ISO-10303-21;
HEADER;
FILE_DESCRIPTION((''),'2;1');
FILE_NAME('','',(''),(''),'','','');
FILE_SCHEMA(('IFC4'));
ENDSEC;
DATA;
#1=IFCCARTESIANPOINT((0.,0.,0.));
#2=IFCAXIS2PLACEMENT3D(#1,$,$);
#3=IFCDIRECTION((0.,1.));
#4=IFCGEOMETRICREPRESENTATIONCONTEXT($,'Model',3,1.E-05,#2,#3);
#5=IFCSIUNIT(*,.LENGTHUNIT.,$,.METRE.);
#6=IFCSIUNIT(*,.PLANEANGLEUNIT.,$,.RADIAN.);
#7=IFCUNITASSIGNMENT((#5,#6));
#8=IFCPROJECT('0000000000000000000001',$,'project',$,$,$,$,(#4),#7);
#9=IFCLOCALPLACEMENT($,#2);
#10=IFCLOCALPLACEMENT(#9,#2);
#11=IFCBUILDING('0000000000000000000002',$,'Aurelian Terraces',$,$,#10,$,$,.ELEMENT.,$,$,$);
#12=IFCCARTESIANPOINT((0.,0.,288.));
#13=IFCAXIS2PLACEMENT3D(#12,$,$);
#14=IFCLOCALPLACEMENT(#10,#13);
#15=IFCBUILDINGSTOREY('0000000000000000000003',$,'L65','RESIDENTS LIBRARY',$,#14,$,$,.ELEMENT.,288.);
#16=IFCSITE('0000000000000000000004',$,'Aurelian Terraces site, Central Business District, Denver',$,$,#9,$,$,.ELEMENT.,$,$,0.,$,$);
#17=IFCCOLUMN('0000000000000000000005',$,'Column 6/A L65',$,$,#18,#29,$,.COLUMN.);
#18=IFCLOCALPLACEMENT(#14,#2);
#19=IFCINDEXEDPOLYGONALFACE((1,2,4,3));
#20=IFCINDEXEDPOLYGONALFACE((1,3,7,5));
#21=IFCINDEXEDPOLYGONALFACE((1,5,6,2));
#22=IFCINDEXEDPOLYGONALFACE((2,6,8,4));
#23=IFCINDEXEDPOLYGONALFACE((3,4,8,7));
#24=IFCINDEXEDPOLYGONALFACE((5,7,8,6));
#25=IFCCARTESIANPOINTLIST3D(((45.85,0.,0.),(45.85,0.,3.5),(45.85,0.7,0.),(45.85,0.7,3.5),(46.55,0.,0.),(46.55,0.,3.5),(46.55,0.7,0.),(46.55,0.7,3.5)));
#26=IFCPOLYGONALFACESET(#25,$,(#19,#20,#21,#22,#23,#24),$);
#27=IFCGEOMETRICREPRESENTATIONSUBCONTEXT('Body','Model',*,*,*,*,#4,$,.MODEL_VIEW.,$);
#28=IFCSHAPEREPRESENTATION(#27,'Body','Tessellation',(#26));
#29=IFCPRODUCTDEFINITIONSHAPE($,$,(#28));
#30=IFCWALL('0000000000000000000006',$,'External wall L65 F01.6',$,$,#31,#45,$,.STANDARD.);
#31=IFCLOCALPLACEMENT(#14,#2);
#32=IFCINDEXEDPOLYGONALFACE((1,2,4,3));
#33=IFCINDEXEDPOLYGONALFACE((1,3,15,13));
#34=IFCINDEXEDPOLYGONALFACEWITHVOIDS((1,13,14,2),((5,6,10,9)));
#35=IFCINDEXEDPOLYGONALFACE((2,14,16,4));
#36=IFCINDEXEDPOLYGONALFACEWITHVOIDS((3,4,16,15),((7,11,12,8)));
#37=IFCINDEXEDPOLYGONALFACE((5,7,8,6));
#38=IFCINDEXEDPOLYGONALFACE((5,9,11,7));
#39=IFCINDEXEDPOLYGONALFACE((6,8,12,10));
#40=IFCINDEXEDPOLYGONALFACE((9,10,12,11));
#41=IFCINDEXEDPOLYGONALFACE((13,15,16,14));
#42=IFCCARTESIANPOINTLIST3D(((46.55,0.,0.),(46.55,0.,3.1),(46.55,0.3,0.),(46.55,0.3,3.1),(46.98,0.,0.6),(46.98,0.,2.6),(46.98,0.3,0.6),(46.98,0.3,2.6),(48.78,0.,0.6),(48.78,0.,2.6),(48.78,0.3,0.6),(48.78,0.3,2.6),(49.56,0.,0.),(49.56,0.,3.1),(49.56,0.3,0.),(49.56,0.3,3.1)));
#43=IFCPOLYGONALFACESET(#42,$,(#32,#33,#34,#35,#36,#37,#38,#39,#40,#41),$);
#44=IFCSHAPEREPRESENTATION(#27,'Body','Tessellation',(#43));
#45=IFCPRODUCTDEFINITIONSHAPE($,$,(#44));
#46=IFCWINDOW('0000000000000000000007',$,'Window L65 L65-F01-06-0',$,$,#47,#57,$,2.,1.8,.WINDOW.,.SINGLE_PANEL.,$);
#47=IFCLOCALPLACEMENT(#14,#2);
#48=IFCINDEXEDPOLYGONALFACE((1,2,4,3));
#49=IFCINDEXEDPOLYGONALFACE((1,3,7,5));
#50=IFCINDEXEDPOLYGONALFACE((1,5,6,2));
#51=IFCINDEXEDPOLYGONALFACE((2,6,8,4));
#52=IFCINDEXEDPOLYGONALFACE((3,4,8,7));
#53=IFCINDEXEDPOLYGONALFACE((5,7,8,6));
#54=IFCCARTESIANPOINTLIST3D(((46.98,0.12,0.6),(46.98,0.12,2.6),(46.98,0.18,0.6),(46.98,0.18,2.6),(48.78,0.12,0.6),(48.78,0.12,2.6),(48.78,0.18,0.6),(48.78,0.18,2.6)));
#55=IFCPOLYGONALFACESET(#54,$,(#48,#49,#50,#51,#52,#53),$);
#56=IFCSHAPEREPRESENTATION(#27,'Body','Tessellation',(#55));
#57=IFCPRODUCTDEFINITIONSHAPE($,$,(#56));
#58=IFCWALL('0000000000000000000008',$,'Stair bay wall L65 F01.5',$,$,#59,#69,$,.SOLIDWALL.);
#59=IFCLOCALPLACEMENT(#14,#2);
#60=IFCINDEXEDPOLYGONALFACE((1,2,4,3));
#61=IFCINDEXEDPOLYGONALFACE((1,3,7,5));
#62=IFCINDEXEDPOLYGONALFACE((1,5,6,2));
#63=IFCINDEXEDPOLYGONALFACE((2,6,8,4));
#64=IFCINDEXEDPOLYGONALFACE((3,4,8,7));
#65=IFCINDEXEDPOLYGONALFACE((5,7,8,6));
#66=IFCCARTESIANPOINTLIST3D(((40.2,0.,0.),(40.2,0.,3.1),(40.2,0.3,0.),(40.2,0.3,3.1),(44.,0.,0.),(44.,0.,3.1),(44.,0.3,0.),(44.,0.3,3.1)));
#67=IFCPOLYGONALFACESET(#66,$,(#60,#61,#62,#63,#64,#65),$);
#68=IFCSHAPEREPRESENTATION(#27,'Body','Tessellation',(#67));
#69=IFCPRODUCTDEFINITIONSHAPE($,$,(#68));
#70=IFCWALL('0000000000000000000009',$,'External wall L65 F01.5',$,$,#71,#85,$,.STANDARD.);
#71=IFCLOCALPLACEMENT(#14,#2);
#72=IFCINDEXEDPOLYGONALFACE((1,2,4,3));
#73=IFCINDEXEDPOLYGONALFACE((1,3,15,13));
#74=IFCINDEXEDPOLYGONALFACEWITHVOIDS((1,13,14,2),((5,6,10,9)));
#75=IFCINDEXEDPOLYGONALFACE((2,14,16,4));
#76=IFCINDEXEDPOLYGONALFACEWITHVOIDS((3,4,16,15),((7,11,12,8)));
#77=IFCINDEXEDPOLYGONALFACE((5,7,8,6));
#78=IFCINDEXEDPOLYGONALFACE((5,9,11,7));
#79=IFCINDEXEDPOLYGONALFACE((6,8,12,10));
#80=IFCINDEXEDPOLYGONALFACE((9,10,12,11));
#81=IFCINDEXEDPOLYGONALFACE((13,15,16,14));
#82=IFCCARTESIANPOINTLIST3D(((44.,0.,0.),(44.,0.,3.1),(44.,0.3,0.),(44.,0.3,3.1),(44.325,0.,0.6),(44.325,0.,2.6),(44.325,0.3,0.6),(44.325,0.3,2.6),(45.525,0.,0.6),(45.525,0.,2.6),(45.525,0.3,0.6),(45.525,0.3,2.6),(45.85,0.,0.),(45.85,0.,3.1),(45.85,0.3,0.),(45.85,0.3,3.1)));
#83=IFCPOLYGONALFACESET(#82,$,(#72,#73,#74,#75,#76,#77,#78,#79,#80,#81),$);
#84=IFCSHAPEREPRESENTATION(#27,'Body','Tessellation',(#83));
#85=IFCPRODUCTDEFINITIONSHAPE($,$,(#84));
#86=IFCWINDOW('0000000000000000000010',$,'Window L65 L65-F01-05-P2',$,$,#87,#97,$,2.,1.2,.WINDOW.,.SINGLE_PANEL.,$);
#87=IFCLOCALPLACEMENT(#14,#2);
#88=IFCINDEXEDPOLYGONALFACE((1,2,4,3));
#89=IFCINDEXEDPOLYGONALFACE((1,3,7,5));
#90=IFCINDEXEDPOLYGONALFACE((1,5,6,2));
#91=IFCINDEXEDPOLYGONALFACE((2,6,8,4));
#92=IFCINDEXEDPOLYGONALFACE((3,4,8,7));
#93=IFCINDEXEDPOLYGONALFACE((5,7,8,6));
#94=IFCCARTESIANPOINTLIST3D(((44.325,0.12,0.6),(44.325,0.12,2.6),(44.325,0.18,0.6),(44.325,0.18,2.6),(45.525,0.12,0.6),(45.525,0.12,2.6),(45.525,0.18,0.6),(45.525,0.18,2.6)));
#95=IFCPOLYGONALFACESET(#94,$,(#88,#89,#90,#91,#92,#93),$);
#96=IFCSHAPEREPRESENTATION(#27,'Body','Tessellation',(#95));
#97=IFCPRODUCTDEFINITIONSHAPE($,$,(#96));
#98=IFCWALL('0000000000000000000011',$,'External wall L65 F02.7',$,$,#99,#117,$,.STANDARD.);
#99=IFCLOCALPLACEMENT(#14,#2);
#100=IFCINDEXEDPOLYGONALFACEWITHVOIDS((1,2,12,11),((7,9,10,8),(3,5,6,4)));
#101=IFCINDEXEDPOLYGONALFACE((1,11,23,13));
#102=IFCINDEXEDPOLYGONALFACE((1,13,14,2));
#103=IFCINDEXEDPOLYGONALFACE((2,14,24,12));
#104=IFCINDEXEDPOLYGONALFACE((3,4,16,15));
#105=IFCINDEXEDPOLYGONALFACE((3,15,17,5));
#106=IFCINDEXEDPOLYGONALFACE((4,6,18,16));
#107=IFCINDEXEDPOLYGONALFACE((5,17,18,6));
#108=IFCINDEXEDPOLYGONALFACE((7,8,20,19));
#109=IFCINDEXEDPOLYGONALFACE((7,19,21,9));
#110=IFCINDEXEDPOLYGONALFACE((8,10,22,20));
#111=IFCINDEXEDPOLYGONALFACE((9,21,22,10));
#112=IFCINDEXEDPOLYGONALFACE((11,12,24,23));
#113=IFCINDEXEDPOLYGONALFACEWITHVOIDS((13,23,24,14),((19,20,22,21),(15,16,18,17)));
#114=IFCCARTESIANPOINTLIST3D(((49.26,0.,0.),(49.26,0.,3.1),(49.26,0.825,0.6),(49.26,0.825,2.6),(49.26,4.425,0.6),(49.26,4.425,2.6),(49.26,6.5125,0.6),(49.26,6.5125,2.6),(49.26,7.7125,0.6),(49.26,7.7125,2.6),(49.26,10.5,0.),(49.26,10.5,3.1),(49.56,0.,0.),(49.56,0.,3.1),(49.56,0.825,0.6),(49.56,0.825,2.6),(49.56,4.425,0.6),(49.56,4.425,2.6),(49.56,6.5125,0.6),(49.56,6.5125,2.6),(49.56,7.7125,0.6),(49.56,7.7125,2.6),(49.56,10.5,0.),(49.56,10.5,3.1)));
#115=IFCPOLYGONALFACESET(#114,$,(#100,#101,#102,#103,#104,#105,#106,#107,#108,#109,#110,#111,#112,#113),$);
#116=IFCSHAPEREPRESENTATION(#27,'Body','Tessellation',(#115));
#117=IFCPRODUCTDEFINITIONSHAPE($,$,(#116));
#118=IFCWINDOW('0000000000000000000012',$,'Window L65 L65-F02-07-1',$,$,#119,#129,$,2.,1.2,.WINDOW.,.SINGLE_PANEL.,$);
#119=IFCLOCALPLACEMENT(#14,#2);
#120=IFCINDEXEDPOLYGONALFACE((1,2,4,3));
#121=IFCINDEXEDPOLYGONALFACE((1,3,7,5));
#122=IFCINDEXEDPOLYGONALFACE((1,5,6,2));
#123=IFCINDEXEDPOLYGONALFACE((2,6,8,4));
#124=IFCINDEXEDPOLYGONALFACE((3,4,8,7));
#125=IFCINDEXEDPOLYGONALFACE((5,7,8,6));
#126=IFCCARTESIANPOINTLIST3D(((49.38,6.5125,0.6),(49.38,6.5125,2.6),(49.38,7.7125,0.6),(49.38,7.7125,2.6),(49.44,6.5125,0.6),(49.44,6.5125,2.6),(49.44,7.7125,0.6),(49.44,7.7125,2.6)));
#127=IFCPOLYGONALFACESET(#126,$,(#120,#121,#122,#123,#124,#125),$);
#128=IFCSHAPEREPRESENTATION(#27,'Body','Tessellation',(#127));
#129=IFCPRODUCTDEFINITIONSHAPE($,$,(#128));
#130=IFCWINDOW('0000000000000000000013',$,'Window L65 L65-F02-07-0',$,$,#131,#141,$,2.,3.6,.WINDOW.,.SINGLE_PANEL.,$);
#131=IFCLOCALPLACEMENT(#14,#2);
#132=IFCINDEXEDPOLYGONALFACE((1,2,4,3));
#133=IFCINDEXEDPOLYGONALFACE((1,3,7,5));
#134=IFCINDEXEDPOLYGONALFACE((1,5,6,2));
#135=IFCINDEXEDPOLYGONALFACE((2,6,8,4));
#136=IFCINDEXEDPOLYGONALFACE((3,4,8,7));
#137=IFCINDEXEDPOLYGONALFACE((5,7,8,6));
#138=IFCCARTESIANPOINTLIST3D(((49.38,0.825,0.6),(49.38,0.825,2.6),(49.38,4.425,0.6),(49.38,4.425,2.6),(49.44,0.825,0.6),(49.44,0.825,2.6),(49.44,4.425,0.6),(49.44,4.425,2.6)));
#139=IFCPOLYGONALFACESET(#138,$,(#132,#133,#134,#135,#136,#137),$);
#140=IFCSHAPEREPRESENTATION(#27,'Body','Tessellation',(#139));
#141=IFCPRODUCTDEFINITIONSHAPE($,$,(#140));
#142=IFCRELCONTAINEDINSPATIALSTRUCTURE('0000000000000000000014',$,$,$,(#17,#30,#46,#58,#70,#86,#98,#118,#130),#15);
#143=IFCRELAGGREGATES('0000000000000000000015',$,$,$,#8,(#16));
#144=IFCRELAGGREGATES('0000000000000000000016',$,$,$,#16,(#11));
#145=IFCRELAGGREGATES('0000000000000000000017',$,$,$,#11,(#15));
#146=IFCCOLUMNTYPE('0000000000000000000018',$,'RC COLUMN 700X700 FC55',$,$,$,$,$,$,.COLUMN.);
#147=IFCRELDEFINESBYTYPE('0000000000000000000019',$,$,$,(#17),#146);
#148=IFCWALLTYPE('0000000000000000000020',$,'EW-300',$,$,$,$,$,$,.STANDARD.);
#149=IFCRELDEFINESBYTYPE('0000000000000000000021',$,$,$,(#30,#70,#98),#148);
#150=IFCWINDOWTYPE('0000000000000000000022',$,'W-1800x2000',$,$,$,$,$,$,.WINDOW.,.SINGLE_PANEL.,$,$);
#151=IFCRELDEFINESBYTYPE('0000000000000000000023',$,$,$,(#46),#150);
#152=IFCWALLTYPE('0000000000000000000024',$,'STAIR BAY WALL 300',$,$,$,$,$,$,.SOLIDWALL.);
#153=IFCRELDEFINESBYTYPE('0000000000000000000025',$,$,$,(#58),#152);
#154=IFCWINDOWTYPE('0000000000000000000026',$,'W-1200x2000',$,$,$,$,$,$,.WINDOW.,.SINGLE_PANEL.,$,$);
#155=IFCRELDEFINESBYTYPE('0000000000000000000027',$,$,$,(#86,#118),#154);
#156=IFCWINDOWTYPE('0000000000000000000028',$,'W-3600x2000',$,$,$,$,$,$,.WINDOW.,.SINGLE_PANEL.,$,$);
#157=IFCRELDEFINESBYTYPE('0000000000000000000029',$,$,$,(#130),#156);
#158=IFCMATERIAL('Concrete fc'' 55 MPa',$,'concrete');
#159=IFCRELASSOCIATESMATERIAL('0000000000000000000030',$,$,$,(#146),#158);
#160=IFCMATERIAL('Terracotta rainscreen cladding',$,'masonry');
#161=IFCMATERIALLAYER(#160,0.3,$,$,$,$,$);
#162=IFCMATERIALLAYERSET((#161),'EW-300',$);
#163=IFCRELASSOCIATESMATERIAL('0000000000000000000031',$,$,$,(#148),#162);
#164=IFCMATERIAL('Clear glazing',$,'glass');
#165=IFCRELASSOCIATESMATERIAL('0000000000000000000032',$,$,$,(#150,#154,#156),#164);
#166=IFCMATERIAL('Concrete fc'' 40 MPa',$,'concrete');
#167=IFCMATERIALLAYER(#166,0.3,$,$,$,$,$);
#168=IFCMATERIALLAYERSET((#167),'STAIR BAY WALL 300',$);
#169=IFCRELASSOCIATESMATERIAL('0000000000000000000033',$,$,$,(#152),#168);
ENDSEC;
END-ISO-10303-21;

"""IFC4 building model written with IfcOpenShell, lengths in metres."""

from ifc_helpers import new_model, si_unit, direction, frame, frame_2d, origin, origin_2d, place, context, subcontext, project, spatial, rectangle, extrude, source, transform, mapped, material, layer, layer_set, material_profile, profile_set, type_object, element, fill, save


model = new_model("IFC4")

# Units and contexts
model_context = context("Model", 3, precision=1e-05, world=origin(), true_north=direction((0.0, 1.0)))
body_context = subcontext(model_context, "Body", "Model", "MODEL_VIEW")
ifc_project = project(units=[si_unit("LENGTHUNIT", "METRE"), si_unit("PLANEANGLEUNIT", "RADIAN")], contexts=[model_context])

# Site, building, storey
site_placement = place(None, origin())
site = spatial("IfcSite", under=ifc_project, at=site_placement, Name="Aurelian Terraces site, Central Business District, Denver", CompositionType="ELEMENT", RefElevation=0.0)
building_placement = place(site_placement, origin())
building = spatial("IfcBuilding", under=site, at=building_placement, Name="Aurelian Terraces", CompositionType="ELEMENT")
storey_placement = place(building_placement, frame((0.0, 0.0, 288.0)))
storey = spatial("IfcBuildingStorey", under=building, at=storey_placement, Name="L65", Description="RESIDENTS LIBRARY", CompositionType="ELEMENT", Elevation=288.0)

# Column
ifc_material_1 = material(Name="Concrete fc' 55 MPa", Category="concrete")
ifc_material_profile = material_profile(ifc_material_1, rectangle(XDim=0.7, YDim=0.7, at=origin_2d()))
ifc_profile_set = profile_set([ifc_material_profile], Name="Concrete fc' 55 MPa")
column_type = type_object("IfcColumnType", Name="RC COLUMN 700X700 FC55", PredefinedType="COLUMN", material=ifc_profile_set)
shared_shape_1 = source(origin(), body_context, "Body", "SweptSolid", [
    extrude(rectangle(XDim=0.7, YDim=0.7, at=origin_2d()), origin(), (0.0, 0.0, 1.0), 3.5),
])
column_placement = place(storey_placement, frame((46.2, 0.35, 0.0), z_axis=(0.0, 0.0, 1.0), x_axis=(1.0, 0.0, 0.0)))
element("IfcColumn", 1, at=column_placement, inside=storey, type_object=column_type, Name="Column 6/A L65", PredefinedType="COLUMN", context=body_context, shape_type="MappedRepresentation", body=[
    mapped(shared_shape_1, transform((0.0, 0.0, 0.0), scale=1.0)),
])

# Wall, opening, window
ifc_material_2 = material(Name="Terracotta rainscreen cladding", Category="masonry")
ifc_layer_1 = layer(ifc_material_2, 0.3)
ifc_layer_set_1 = layer_set([ifc_layer_1], Name="EW-300")
wall_type_1 = type_object("IfcWallType", Name="EW-300", PredefinedType="STANDARD", material=ifc_layer_set_1)
shared_shape_2 = source(origin(), body_context, "Body", "SweptSolid", [
    extrude(rectangle(XDim=3.01, YDim=0.3, at=frame_2d((1.505, 0.0))), origin(), (0.0, 0.0, 1.0), 3.1),
])
wall_1_placement = place(storey_placement, frame((46.55, 0.15, 0.0), z_axis=(0.0, 0.0, 1.0), x_axis=(1.0, 0.0, 0.0)))
wall_1 = element("IfcWall", 2, at=wall_1_placement, inside=storey, type_object=wall_type_1, Name="External wall L65 F01.6", PredefinedType="STANDARD", context=body_context, shape_type="MappedRepresentation", body=[
    mapped(shared_shape_2, transform((0.0, 0.0, 0.0), scale=1.0)),
])
shared_shape_3 = source(origin(), body_context, "Body", "SweptSolid", [
    extrude(rectangle(XDim=1.8, YDim=2.0, at=frame_2d((0.9, 1.0))), frame((0.0, 0.16, 0.0), z_axis=(0.0, -1.0, 0.0), x_axis=(1.0, 0.0, 0.0)), (0.0, 0.0, 1.0), 0.32),
])
opening_1_placement = place(wall_1_placement, frame((0.43, 0.0, 0.6)))
opening_1 = element("IfcOpeningElement", 3, at=opening_1_placement, cuts=wall_1, PredefinedType="OPENING", context=body_context, shape_type="MappedRepresentation", body=[
    mapped(shared_shape_3, transform((0.0, 0.0, 0.0), scale=1.0)),
])
ifc_material_3 = material(Name="Clear glazing", Category="glass")
window_type_1 = type_object("IfcWindowType", Name="W-1800x2000", PartitioningType="SINGLE_PANEL", PredefinedType="WINDOW", material=ifc_material_3)
shared_shape_4 = source(origin(), body_context, "Body", "SweptSolid", [
    extrude(rectangle(XDim=1.8, YDim=2.0, at=frame_2d((0.9, 1.0))), frame((0.0, 0.03, 0.0), z_axis=(0.0, -1.0, 0.0), x_axis=(1.0, 0.0, 0.0)), (0.0, 0.0, 1.0), 0.06),
])
window_1_placement = place(opening_1_placement, origin())
window_1 = element("IfcWindow", 4, at=window_1_placement, inside=storey, type_object=window_type_1, Name="Window L65 L65-F01-06-0", OverallHeight=2.0, OverallWidth=1.8, PartitioningType="SINGLE_PANEL", PredefinedType="WINDOW", context=body_context, shape_type="MappedRepresentation", body=[
    mapped(shared_shape_4, transform((0.0, 0.0, 0.0), scale=1.0)),
])
fill(opening_1, window_1)

# Wall
ifc_material_4 = material(Name="Concrete fc' 40 MPa", Category="concrete")
ifc_layer_2 = layer(ifc_material_4, 0.3)
ifc_layer_set_2 = layer_set([ifc_layer_2], Name="STAIR BAY WALL 300")
wall_type_2 = type_object("IfcWallType", Name="STAIR BAY WALL 300", PredefinedType="SOLIDWALL", material=ifc_layer_set_2)
shared_shape_5 = source(origin(), body_context, "Body", "SweptSolid", [
    extrude(rectangle(XDim=3.8, YDim=0.3, at=frame_2d((1.9, 0.0))), origin(), (0.0, 0.0, 1.0), 3.1),
])
wall_2_placement = place(storey_placement, frame((40.2, 0.15, 0.0), z_axis=(0.0, 0.0, 1.0), x_axis=(1.0, 0.0, 0.0)))
element("IfcWall", 5, at=wall_2_placement, inside=storey, type_object=wall_type_2, Name="Stair bay wall L65 F01.5", PredefinedType="SOLIDWALL", context=body_context, shape_type="MappedRepresentation", body=[
    mapped(shared_shape_5, transform((0.0, 0.0, 0.0), scale=1.0)),
])

# Wall, opening, window
shared_shape_6 = source(origin(), body_context, "Body", "SweptSolid", [
    extrude(rectangle(XDim=1.85, YDim=0.3, at=frame_2d((0.925, 0.0))), origin(), (0.0, 0.0, 1.0), 3.1),
])
wall_3_placement = place(storey_placement, frame((44.0, 0.15, 0.0), z_axis=(0.0, 0.0, 1.0), x_axis=(1.0, 0.0, 0.0)))
wall_3 = element("IfcWall", 6, at=wall_3_placement, inside=storey, type_object=wall_type_1, Name="External wall L65 F01.5", PredefinedType="STANDARD", context=body_context, shape_type="MappedRepresentation", body=[
    mapped(shared_shape_6, transform((0.0, 0.0, 0.0), scale=1.0)),
])
shared_shape_7 = source(origin(), body_context, "Body", "SweptSolid", [
    extrude(rectangle(XDim=1.2, YDim=2.0, at=frame_2d((0.6, 1.0))), frame((0.0, 0.16, 0.0), z_axis=(0.0, -1.0, 0.0), x_axis=(1.0, 0.0, 0.0)), (0.0, 0.0, 1.0), 0.32),
])
opening_2_placement = place(wall_3_placement, frame((0.325, 0.0, 0.6)))
opening_2 = element("IfcOpeningElement", 7, at=opening_2_placement, cuts=wall_3, PredefinedType="OPENING", context=body_context, shape_type="MappedRepresentation", body=[
    mapped(shared_shape_7, transform((0.0, 0.0, 0.0), scale=1.0)),
])
window_type_2 = type_object("IfcWindowType", Name="W-1200x2000", PartitioningType="SINGLE_PANEL", PredefinedType="WINDOW", material=ifc_material_3)
shared_shape_8 = source(origin(), body_context, "Body", "SweptSolid", [
    extrude(rectangle(XDim=1.2, YDim=2.0, at=frame_2d((0.6, 1.0))), frame((0.0, 0.03, 0.0), z_axis=(0.0, -1.0, 0.0), x_axis=(1.0, 0.0, 0.0)), (0.0, 0.0, 1.0), 0.06),
])
window_2_placement = place(opening_2_placement, origin())
window_2 = element("IfcWindow", 8, at=window_2_placement, inside=storey, type_object=window_type_2, Name="Window L65 L65-F01-05-P2", OverallHeight=2.0, OverallWidth=1.2, PartitioningType="SINGLE_PANEL", PredefinedType="WINDOW", context=body_context, shape_type="MappedRepresentation", body=[
    mapped(shared_shape_8, transform((0.0, 0.0, 0.0), scale=1.0)),
])
fill(opening_2, window_2)

# Wall, openings, windows
shared_shape_9 = source(origin(), body_context, "Body", "SweptSolid", [
    extrude(rectangle(XDim=10.5, YDim=0.3, at=frame_2d((5.25, 0.0))), origin(), (0.0, 0.0, 1.0), 3.1),
])
wall_4_placement = place(storey_placement, frame((49.41, 0.0, 0.0), z_axis=(0.0, 0.0, 1.0), x_axis=(0.0, 1.0, 0.0)))
wall_4 = element("IfcWall", 9, at=wall_4_placement, inside=storey, type_object=wall_type_1, Name="External wall L65 F02.7", PredefinedType="STANDARD", context=body_context, shape_type="MappedRepresentation", body=[
    mapped(shared_shape_9, transform((0.0, 0.0, 0.0), scale=1.0)),
])
shared_shape_10 = source(origin(), body_context, "Body", "SweptSolid", [
    extrude(rectangle(XDim=3.6, YDim=2.0, at=frame_2d((1.8, 1.0))), frame((0.0, 0.16, 0.0), z_axis=(0.0, -1.0, 0.0), x_axis=(1.0, 0.0, 0.0)), (0.0, 0.0, 1.0), 0.32),
])
opening_3_placement = place(wall_4_placement, frame((0.825, 0.0, 0.6)))
opening_3 = element("IfcOpeningElement", 10, at=opening_3_placement, cuts=wall_4, PredefinedType="OPENING", context=body_context, shape_type="MappedRepresentation", body=[
    mapped(shared_shape_10, transform((0.0, 0.0, 0.0), scale=1.0)),
])
opening_4_placement = place(wall_4_placement, frame((6.5125, 0.0, 0.6)))
opening_4 = element("IfcOpeningElement", 11, at=opening_4_placement, cuts=wall_4, PredefinedType="OPENING", context=body_context, shape_type="MappedRepresentation", body=[
    mapped(shared_shape_7, transform((0.0, 0.0, 0.0), scale=1.0)),
])
window_3_placement = place(opening_4_placement, origin())
window_3 = element("IfcWindow", 12, at=window_3_placement, inside=storey, type_object=window_type_2, Name="Window L65 L65-F02-07-1", OverallHeight=2.0, OverallWidth=1.2, PartitioningType="SINGLE_PANEL", PredefinedType="WINDOW", context=body_context, shape_type="MappedRepresentation", body=[
    mapped(shared_shape_8, transform((0.0, 0.0, 0.0), scale=1.0)),
])
fill(opening_4, window_3)
window_type_3 = type_object("IfcWindowType", Name="W-3600x2000", PartitioningType="SINGLE_PANEL", PredefinedType="WINDOW", material=ifc_material_3)
shared_shape_11 = source(origin(), body_context, "Body", "SweptSolid", [
    extrude(rectangle(XDim=3.6, YDim=2.0, at=frame_2d((1.8, 1.0))), frame((0.0, 0.03, 0.0), z_axis=(0.0, -1.0, 0.0), x_axis=(1.0, 0.0, 0.0)), (0.0, 0.0, 1.0), 0.06),
])
window_4_placement = place(opening_3_placement, origin())
window_4 = element("IfcWindow", 13, at=window_4_placement, inside=storey, type_object=window_type_3, Name="Window L65 L65-F02-07-0", OverallHeight=2.0, OverallWidth=3.6, PartitioningType="SINGLE_PANEL", PredefinedType="WINDOW", context=body_context, shape_type="MappedRepresentation", body=[
    mapped(shared_shape_11, transform((0.0, 0.0, 0.0), scale=1.0)),
])
fill(opening_3, window_4)

save(model, "model.ifc")
